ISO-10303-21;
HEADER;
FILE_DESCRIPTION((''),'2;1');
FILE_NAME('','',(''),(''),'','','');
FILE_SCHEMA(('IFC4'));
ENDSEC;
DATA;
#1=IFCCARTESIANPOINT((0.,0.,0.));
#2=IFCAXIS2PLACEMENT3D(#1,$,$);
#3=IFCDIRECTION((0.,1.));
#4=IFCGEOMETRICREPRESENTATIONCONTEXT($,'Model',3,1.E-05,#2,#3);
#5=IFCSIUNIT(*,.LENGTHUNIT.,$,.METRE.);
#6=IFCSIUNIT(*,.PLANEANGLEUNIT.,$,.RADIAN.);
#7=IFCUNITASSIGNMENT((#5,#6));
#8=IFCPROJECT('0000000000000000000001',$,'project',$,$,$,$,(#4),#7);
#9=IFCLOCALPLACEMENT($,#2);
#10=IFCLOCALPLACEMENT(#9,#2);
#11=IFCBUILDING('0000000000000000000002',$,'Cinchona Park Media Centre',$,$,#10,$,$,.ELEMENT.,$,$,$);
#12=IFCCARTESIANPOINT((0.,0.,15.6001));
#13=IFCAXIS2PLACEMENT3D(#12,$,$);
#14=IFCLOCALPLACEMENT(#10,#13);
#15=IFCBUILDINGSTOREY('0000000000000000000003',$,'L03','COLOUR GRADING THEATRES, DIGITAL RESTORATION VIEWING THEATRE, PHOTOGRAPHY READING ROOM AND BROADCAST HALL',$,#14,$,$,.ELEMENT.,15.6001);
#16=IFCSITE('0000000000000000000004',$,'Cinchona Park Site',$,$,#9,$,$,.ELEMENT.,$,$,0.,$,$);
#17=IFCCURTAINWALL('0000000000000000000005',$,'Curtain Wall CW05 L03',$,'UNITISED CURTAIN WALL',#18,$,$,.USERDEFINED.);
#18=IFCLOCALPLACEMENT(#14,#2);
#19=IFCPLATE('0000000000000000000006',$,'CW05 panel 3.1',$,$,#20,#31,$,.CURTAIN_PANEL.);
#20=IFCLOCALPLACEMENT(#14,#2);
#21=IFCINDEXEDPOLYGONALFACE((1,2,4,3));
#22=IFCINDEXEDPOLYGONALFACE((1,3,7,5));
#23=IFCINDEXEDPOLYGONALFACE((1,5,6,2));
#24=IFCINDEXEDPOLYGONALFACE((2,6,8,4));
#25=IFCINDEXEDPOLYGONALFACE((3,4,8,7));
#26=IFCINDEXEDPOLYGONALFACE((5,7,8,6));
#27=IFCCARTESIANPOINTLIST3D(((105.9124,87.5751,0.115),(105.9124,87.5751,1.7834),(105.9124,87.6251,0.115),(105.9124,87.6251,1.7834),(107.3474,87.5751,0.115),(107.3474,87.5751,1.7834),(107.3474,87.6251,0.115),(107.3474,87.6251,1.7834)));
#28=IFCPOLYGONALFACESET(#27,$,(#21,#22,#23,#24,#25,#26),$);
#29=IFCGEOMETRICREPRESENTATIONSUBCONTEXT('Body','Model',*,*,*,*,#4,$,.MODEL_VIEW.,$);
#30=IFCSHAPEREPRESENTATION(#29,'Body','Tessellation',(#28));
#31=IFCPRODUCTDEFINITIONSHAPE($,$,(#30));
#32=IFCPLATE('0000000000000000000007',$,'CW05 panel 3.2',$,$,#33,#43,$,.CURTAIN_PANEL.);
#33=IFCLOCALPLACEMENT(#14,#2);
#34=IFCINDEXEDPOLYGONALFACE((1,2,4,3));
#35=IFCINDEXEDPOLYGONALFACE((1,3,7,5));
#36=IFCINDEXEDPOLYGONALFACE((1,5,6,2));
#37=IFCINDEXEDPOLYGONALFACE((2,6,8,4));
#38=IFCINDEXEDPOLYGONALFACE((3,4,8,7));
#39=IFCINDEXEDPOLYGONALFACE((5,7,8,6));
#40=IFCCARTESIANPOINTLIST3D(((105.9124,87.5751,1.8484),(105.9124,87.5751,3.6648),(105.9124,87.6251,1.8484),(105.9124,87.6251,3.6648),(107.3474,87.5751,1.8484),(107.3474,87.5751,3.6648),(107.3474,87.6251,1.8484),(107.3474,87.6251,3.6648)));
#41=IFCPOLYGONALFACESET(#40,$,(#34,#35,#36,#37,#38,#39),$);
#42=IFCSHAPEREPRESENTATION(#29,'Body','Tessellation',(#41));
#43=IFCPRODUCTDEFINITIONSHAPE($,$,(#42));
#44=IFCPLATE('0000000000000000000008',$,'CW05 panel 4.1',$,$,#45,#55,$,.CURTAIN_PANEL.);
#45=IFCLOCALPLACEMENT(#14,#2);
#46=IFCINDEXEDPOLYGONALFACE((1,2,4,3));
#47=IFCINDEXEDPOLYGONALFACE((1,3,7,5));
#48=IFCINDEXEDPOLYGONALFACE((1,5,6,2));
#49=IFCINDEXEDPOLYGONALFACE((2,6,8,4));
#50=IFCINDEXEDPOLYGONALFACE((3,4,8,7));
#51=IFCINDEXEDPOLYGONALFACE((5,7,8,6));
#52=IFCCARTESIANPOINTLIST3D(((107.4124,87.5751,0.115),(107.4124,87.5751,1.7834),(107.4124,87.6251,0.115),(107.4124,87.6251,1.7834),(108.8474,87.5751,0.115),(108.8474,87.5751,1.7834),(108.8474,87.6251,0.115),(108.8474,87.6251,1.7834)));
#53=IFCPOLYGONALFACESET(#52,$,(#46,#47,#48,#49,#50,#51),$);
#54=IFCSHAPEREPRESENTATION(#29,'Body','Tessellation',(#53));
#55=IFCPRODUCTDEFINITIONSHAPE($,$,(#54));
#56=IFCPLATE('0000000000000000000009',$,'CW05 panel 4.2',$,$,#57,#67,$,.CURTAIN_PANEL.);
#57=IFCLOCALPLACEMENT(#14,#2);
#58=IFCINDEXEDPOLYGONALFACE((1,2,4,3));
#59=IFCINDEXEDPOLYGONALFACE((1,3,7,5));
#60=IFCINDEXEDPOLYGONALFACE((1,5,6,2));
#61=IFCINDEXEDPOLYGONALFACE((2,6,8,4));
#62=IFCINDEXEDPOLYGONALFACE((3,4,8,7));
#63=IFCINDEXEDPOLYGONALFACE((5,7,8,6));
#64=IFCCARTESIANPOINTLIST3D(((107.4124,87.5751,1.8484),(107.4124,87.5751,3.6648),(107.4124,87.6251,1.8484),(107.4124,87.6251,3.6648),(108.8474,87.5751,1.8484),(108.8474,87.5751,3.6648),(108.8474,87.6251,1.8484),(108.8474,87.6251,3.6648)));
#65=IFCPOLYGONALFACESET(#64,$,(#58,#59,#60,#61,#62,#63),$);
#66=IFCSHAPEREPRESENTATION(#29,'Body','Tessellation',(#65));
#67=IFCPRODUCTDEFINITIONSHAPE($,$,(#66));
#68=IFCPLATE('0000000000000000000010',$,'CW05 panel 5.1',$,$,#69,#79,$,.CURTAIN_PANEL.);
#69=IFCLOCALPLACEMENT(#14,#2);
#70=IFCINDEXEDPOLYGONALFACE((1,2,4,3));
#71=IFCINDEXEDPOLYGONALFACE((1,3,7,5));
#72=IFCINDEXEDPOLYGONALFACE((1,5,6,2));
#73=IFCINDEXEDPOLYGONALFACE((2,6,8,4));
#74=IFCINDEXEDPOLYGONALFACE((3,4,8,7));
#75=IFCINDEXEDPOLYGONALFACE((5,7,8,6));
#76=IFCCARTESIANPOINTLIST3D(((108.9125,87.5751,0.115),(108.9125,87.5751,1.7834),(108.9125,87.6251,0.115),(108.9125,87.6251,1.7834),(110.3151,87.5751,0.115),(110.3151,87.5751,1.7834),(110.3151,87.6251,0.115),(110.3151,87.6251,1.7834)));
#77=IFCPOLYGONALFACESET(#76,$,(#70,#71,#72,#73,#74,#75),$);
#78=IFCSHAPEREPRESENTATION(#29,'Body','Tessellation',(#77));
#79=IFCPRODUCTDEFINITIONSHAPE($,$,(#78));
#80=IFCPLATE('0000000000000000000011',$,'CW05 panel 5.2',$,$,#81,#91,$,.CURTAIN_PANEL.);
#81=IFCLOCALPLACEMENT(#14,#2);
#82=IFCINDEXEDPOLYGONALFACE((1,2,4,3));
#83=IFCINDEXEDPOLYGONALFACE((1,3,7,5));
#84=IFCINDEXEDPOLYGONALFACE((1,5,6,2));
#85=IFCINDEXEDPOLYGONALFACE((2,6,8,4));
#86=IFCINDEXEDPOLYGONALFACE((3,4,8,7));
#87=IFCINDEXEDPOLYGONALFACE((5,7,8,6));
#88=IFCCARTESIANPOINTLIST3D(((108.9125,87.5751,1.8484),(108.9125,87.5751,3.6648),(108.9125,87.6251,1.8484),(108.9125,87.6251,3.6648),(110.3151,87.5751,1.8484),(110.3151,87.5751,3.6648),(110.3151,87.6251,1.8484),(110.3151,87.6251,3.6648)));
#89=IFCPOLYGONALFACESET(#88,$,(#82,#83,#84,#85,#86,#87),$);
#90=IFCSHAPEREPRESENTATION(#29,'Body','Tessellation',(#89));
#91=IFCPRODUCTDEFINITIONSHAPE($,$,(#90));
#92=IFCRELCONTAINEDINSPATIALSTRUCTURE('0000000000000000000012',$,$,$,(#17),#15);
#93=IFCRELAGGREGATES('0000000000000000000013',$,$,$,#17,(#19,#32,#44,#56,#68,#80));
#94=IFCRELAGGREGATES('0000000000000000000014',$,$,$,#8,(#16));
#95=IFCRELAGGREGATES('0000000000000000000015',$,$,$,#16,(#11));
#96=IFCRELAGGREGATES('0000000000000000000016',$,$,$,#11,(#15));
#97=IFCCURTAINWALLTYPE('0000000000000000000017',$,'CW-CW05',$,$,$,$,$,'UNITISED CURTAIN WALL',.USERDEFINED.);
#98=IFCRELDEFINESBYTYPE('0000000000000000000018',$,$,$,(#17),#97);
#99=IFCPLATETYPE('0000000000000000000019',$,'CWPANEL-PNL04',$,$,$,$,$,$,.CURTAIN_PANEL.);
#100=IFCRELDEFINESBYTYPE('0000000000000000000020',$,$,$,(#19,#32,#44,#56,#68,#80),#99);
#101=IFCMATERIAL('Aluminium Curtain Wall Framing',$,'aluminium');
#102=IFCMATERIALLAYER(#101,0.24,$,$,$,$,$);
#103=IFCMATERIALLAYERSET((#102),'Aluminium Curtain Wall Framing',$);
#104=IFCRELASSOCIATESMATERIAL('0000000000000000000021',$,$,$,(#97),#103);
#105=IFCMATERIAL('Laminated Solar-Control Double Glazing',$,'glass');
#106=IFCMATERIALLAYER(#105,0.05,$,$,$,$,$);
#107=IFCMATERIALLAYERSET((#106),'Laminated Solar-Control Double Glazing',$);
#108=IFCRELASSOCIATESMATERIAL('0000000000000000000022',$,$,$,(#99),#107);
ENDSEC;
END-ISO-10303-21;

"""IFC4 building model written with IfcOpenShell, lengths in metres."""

from ifc_helpers import new_model, si_unit, direction, frame, origin, origin_2d, place, context, subcontext, project, spatial, rectangle, extrude, material, layer, layer_set, type_object, element, aggregate, save


model = new_model("IFC4")

# Units and contexts
model_context = context("Model", 3, precision=1e-05, world=origin(), true_north=direction((0.0, 1.0)))
body_context = subcontext(model_context, "Body", "Model", "MODEL_VIEW")
ifc_project = project(units=[si_unit("LENGTHUNIT", "METRE"), si_unit("PLANEANGLEUNIT", "RADIAN")], contexts=[model_context])

# Site, building, storey
site_placement = place(None, origin())
site = spatial("IfcSite", under=ifc_project, at=site_placement, Name="Cinchona Park Site", CompositionType="ELEMENT", RefElevation=0.0)
building_placement = place(site_placement, origin())
building = spatial("IfcBuilding", under=site, at=building_placement, Name="Cinchona Park Media Centre", CompositionType="ELEMENT")
storey_placement = place(building_placement, frame((0.0, 0.0, 15.6001)))
storey = spatial("IfcBuildingStorey", under=building, at=storey_placement, Name="L03", Description="COLOUR GRADING THEATRES, DIGITAL RESTORATION VIEWING THEATRE, PHOTOGRAPHY READING ROOM AND BROADCAST HALL", CompositionType="ELEMENT", Elevation=15.6001)

# Curtain wall
ifc_material_1 = material(Name="Aluminium Curtain Wall Framing", Category="aluminium")
ifc_layer_1 = layer(ifc_material_1, 0.24)
ifc_layer_set_1 = layer_set([ifc_layer_1], Name="Aluminium Curtain Wall Framing")
curtain_wall_type_1 = type_object("IfcCurtainWallType", Name="CW-CW05", ElementType="UNITISED CURTAIN WALL", PredefinedType="USERDEFINED", material=ifc_layer_set_1)
curtain_wall_1_placement = place(storey_placement, origin())
curtain_wall_1 = element("IfcCurtainWall", 1, at=curtain_wall_1_placement, inside=storey, type_object=curtain_wall_type_1, Name="Curtain Wall CW05 L03", ObjectType="UNITISED CURTAIN WALL", PredefinedType="USERDEFINED")

# Plates
ifc_material_2 = material(Name="Laminated Solar-Control Double Glazing", Category="glass")
ifc_layer_2 = layer(ifc_material_2, 0.05)
ifc_layer_set_2 = layer_set([ifc_layer_2], Name="Laminated Solar-Control Double Glazing")
plate_type = type_object("IfcPlateType", Name="CWPANEL-PNL04", PredefinedType="CURTAIN_PANEL", material=ifc_layer_set_2)
plate_1_placement = place(storey_placement, frame((106.6299, 87.6001, 0.115), z_axis=(0.0, 0.0, 1.0), x_axis=(1.0, 0.0, 0.0)))
plate_1 = element("IfcPlate", 2, at=plate_1_placement, type_object=plate_type, Name="CW05 panel 3.1", PredefinedType="CURTAIN_PANEL", context=body_context, shape_type="SweptSolid", body=[
    extrude(rectangle(XDim=1.4351, YDim=0.05, at=origin_2d()), origin(), (0.0, 0.0, 1.0), 1.6685),
])
plate_2_placement = place(storey_placement, frame((106.6299, 87.6001, 1.8484), z_axis=(0.0, 0.0, 1.0), x_axis=(1.0, 0.0, 0.0)))
plate_2 = element("IfcPlate", 3, at=plate_2_placement, type_object=plate_type, Name="CW05 panel 3.2", PredefinedType="CURTAIN_PANEL", context=body_context, shape_type="SweptSolid", body=[
    extrude(rectangle(XDim=1.4351, YDim=0.05, at=origin_2d()), origin(), (0.0, 0.0, 1.0), 1.8164),
])
plate_3_placement = place(storey_placement, frame((108.1299, 87.6001, 0.115), z_axis=(0.0, 0.0, 1.0), x_axis=(1.0, 0.0, 0.0)))
plate_3 = element("IfcPlate", 4, at=plate_3_placement, type_object=plate_type, Name="CW05 panel 4.1", PredefinedType="CURTAIN_PANEL", context=body_context, shape_type="SweptSolid", body=[
    extrude(rectangle(XDim=1.4351, YDim=0.05, at=origin_2d()), origin(), (0.0, 0.0, 1.0), 1.6685),
])
plate_4_placement = place(storey_placement, frame((108.1299, 87.6001, 1.8484), z_axis=(0.0, 0.0, 1.0), x_axis=(1.0, 0.0, 0.0)))
plate_4 = element("IfcPlate", 5, at=plate_4_placement, type_object=plate_type, Name="CW05 panel 4.2", PredefinedType="CURTAIN_PANEL", context=body_context, shape_type="SweptSolid", body=[
    extrude(rectangle(XDim=1.4351, YDim=0.05, at=origin_2d()), origin(), (0.0, 0.0, 1.0), 1.8164),
])
plate_5_placement = place(storey_placement, frame((109.6138, 87.6001, 0.115), z_axis=(0.0, 0.0, 1.0), x_axis=(1.0, 0.0, 0.0)))
plate_5 = element("IfcPlate", 6, at=plate_5_placement, type_object=plate_type, Name="CW05 panel 5.1", PredefinedType="CURTAIN_PANEL", context=body_context, shape_type="SweptSolid", body=[
    extrude(rectangle(XDim=1.4026, YDim=0.05, at=origin_2d()), origin(), (0.0, 0.0, 1.0), 1.6685),
])
plate_6_placement = place(storey_placement, frame((109.6138, 87.6001, 1.8484), z_axis=(0.0, 0.0, 1.0), x_axis=(1.0, 0.0, 0.0)))
plate_6 = element("IfcPlate", 7, at=plate_6_placement, type_object=plate_type, Name="CW05 panel 5.2", PredefinedType="CURTAIN_PANEL", context=body_context, shape_type="SweptSolid", body=[
    extrude(rectangle(XDim=1.4026, YDim=0.05, at=origin_2d()), origin(), (0.0, 0.0, 1.0), 1.8164),
])
aggregate(curtain_wall_1, [plate_1, plate_2, plate_3, plate_4, plate_5, plate_6])

save(model, "model.ifc")
